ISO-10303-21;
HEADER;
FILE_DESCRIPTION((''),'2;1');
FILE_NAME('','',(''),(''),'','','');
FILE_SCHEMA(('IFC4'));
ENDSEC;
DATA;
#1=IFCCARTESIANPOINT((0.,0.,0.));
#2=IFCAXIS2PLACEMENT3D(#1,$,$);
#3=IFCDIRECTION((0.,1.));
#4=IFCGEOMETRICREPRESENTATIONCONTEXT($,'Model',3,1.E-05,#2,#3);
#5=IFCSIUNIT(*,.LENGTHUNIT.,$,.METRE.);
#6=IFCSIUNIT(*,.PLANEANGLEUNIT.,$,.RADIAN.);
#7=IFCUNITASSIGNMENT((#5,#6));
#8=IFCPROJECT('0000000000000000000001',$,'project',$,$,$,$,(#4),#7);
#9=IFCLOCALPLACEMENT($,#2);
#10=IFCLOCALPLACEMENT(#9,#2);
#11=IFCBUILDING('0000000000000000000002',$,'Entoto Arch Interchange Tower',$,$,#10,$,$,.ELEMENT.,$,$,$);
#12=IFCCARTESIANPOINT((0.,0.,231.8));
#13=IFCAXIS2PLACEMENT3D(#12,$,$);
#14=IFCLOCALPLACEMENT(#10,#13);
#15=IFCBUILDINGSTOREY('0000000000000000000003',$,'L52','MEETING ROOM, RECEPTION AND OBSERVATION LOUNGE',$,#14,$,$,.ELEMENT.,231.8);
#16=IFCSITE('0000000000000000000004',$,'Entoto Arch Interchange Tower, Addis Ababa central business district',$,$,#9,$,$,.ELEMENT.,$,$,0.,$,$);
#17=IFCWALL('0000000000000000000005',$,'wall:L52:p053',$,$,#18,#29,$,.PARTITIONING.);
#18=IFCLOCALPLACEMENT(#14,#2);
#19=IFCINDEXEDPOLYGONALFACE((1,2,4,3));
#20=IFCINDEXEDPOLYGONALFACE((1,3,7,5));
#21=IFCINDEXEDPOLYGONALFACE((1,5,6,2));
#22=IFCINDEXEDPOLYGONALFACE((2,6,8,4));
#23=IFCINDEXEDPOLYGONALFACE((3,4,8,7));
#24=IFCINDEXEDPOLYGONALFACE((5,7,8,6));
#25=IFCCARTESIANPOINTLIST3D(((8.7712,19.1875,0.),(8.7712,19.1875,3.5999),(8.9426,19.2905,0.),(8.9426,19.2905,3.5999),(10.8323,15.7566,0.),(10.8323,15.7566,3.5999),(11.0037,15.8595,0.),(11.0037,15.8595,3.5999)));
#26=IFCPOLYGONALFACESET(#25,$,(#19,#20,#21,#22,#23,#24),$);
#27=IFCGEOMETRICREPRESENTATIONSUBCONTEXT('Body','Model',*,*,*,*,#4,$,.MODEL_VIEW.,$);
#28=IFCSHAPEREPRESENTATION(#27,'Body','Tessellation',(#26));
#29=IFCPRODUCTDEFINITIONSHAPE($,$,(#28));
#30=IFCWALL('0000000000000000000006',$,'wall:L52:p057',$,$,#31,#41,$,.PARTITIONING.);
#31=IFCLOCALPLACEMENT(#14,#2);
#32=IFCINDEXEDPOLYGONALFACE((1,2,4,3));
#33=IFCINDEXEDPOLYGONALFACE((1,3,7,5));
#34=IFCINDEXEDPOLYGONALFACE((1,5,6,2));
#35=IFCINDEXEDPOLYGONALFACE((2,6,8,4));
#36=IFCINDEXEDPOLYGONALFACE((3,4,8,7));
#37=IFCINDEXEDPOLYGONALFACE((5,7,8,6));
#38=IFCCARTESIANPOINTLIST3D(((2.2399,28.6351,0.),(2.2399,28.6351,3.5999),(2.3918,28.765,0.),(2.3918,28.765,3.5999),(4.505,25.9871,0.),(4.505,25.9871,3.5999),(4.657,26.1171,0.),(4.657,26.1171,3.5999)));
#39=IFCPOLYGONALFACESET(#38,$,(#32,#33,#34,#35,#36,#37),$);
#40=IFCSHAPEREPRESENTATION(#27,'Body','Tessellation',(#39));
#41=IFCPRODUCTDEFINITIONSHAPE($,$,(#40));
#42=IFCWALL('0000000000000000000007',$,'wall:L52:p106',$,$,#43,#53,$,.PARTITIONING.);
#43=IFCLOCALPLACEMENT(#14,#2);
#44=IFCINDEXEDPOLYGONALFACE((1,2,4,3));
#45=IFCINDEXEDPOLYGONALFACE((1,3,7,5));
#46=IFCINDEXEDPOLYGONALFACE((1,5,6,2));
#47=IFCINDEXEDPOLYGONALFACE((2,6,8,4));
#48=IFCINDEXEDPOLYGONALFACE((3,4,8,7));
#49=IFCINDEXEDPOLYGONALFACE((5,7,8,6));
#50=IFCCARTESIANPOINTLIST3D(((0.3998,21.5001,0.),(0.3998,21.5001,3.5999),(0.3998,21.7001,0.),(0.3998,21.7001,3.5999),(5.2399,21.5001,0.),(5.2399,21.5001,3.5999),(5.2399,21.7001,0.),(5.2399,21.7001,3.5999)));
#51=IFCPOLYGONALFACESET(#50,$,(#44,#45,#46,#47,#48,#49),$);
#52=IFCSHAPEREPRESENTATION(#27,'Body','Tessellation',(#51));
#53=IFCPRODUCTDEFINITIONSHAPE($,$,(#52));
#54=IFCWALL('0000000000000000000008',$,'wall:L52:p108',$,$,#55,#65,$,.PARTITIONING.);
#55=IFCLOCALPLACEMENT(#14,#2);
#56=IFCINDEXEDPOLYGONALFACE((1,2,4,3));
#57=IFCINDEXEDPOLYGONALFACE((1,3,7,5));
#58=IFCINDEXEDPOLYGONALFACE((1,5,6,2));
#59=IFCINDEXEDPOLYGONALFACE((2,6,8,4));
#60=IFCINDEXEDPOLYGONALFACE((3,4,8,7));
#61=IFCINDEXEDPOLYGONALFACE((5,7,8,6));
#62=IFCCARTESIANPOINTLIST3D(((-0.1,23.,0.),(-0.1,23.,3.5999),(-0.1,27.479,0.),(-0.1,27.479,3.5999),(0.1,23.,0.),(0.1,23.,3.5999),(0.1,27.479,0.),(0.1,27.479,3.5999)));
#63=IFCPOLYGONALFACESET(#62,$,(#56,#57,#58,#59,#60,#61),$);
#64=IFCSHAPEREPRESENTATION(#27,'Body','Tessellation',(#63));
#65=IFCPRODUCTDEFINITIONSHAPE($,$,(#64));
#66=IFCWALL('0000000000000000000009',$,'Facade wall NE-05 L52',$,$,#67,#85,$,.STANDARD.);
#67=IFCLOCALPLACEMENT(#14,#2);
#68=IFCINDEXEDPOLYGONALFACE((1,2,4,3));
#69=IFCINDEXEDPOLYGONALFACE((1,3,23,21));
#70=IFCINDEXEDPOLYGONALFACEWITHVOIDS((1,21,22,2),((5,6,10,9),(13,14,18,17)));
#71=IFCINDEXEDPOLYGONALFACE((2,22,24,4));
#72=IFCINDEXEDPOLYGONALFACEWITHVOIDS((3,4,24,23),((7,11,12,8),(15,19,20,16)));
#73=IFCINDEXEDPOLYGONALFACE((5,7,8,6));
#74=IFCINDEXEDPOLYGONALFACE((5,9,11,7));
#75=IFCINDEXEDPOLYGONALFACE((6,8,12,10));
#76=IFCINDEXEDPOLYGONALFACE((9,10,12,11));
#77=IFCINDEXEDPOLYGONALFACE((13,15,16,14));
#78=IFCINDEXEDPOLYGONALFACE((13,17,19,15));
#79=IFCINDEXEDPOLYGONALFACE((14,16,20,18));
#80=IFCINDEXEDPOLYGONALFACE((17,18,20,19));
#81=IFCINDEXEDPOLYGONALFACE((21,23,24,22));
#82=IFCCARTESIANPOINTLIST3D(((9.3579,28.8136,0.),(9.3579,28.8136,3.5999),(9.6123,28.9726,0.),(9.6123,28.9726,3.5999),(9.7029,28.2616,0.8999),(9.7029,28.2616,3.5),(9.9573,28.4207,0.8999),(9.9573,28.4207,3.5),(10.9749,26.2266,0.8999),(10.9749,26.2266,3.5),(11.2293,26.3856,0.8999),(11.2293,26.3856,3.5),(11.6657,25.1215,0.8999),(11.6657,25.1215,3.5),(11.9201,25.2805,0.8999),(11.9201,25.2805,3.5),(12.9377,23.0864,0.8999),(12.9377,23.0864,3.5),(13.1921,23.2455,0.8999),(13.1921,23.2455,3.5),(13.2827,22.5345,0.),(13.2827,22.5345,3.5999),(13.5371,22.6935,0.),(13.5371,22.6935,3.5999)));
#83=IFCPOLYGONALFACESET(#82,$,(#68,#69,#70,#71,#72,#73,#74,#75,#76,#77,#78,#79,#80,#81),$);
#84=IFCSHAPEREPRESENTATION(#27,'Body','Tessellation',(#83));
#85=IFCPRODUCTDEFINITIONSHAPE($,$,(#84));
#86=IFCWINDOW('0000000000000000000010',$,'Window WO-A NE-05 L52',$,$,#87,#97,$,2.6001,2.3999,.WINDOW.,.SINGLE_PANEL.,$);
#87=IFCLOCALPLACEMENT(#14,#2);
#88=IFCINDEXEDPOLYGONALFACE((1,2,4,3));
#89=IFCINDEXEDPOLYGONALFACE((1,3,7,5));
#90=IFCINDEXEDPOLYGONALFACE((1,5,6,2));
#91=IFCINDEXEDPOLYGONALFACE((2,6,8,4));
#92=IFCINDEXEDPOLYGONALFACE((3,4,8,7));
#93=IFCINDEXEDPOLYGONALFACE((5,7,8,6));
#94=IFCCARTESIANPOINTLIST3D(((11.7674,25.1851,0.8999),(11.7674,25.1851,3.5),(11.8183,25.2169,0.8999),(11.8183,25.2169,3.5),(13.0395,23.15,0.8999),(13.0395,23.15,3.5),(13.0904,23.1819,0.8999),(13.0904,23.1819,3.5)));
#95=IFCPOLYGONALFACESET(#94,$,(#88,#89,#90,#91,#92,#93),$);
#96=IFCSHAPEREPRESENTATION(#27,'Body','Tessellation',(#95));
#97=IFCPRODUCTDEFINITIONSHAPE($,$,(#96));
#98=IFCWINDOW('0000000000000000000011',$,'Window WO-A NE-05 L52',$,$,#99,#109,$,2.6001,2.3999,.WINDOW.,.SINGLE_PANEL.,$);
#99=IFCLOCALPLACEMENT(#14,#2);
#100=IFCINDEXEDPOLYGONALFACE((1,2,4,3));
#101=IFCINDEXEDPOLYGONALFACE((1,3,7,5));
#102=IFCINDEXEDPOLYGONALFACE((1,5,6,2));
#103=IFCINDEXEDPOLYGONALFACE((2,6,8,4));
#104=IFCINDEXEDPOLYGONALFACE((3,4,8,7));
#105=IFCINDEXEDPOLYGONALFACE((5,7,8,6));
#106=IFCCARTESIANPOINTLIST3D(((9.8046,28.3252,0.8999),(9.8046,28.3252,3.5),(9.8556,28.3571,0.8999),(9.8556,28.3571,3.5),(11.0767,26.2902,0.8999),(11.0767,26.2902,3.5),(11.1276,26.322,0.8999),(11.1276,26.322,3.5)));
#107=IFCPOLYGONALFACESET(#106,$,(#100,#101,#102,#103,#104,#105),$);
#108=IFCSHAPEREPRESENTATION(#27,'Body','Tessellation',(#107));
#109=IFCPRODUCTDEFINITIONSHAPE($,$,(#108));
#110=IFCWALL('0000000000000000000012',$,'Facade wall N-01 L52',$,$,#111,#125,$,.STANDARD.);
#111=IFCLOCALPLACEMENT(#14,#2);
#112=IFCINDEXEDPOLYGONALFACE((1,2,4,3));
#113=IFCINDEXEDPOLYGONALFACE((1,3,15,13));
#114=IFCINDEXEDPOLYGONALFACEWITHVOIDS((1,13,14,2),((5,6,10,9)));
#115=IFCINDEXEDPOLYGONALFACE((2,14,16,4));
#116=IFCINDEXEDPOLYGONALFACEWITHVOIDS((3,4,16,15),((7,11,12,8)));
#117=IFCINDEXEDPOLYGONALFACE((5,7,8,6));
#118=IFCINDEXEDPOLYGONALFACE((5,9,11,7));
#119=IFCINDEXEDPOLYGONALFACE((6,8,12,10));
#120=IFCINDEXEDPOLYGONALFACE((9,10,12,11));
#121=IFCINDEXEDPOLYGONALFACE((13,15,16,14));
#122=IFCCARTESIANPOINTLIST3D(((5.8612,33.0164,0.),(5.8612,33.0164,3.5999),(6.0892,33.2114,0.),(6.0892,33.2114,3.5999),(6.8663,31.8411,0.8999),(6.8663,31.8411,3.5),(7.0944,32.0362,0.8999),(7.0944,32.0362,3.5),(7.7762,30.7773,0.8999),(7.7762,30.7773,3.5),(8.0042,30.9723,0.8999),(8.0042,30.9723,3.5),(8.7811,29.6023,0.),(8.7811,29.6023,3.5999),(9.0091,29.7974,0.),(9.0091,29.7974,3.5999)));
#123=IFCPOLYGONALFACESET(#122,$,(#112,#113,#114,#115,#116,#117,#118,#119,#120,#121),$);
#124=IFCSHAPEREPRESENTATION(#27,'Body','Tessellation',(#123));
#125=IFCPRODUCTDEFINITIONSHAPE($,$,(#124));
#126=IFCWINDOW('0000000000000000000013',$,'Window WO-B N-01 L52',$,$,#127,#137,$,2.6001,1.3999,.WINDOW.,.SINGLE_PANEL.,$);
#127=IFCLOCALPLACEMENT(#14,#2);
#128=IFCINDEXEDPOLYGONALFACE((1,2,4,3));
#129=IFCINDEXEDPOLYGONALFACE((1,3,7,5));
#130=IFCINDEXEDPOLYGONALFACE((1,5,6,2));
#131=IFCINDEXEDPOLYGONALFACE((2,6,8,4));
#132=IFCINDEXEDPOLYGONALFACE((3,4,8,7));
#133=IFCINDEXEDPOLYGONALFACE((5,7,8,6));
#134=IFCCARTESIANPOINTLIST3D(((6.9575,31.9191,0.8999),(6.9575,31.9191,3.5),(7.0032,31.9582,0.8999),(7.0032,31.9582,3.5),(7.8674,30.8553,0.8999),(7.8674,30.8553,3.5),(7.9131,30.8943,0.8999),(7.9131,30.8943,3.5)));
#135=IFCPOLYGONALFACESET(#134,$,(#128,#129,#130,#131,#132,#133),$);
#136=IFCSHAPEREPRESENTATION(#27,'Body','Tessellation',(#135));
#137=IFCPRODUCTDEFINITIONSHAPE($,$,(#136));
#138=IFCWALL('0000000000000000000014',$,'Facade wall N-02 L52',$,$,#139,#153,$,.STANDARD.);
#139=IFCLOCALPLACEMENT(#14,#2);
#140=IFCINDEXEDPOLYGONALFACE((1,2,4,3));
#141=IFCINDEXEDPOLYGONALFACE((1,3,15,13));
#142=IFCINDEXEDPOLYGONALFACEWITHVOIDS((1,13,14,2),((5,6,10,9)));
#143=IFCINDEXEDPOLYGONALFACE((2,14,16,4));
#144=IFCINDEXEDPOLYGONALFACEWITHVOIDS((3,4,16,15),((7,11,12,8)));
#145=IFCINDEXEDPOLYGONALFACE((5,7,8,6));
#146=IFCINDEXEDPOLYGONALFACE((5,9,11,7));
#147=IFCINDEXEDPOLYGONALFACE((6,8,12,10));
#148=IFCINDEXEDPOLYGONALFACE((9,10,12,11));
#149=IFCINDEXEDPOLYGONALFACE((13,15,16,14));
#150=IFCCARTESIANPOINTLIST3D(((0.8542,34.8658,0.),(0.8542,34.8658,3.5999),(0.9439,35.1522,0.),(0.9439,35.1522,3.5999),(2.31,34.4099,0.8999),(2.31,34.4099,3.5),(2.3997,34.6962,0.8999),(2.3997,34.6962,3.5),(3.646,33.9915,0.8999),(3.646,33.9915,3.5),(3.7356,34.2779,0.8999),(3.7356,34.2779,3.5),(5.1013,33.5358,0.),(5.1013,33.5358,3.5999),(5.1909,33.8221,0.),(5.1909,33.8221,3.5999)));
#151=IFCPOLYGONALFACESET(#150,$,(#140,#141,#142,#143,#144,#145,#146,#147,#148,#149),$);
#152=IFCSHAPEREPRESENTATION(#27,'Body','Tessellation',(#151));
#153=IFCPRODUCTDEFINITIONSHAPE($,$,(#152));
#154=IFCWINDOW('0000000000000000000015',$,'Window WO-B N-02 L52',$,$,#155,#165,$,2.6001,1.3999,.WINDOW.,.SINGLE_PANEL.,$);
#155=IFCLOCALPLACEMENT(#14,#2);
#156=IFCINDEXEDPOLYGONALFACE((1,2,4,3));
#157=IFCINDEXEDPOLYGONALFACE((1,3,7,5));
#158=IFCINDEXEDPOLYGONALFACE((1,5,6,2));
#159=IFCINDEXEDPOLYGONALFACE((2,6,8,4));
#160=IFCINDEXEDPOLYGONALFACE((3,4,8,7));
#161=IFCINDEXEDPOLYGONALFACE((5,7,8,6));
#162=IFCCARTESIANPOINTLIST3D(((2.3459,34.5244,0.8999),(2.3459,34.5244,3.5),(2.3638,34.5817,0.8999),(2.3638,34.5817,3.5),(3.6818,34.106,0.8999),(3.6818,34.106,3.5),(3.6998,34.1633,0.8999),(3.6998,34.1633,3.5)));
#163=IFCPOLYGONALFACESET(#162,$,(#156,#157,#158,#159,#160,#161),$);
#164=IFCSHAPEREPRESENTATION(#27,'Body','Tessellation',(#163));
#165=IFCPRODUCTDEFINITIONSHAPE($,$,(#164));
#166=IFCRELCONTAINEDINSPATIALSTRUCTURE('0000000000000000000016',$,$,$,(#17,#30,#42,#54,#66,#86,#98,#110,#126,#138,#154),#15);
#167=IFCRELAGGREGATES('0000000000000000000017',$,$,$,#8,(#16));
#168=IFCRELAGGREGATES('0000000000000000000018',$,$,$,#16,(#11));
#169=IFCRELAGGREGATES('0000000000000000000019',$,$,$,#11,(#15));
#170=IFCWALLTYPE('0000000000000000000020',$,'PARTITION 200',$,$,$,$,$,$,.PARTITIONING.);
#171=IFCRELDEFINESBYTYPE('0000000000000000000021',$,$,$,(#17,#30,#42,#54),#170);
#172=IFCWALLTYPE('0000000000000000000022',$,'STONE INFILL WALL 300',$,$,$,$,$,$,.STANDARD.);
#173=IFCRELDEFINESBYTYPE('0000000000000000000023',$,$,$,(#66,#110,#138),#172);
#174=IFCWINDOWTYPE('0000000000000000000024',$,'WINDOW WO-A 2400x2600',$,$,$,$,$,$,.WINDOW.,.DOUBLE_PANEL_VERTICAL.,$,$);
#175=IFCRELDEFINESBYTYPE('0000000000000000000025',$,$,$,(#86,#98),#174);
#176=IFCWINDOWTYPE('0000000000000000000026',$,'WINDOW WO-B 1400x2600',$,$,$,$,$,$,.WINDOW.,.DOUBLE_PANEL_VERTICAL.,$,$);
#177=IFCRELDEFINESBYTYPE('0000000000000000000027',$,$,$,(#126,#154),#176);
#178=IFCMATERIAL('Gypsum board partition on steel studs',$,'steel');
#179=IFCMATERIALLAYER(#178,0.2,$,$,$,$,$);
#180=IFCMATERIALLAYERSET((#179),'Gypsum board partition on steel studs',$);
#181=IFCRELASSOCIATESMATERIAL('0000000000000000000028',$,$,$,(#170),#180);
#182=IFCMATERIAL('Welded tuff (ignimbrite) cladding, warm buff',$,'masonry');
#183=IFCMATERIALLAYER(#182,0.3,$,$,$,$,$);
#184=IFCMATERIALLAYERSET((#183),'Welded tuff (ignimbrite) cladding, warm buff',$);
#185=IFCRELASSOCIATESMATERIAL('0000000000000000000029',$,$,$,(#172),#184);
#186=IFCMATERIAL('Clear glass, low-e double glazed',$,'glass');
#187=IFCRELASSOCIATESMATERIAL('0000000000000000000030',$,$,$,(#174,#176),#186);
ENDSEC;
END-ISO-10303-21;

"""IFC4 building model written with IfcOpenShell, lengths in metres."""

from ifc_helpers import new_model, si_unit, direction, frame, frame_2d, origin, place, context, subcontext, project, spatial, rectangle, extrude, material, layer, layer_set, type_object, element, fill, save


model = new_model("IFC4")

# Units and contexts
model_context = context("Model", 3, precision=1e-05, world=origin(), true_north=direction((0.0, 1.0)))
body_context = subcontext(model_context, "Body", "Model", "MODEL_VIEW")
ifc_project = project(units=[si_unit("LENGTHUNIT", "METRE"), si_unit("PLANEANGLEUNIT", "RADIAN")], contexts=[model_context])

# Site, building, storey
site_placement = place(None, origin())
site = spatial("IfcSite", under=ifc_project, at=site_placement, Name="Entoto Arch Interchange Tower, Addis Ababa central business district", CompositionType="ELEMENT", RefElevation=0.0)
building_placement = place(site_placement, origin())
building = spatial("IfcBuilding", under=site, at=building_placement, Name="Entoto Arch Interchange Tower", CompositionType="ELEMENT")
storey_placement = place(building_placement, frame((0.0, 0.0, 231.8)))
storey = spatial("IfcBuildingStorey", under=building, at=storey_placement, Name="L52", Description="MEETING ROOM, RECEPTION AND OBSERVATION LOUNGE", CompositionType="ELEMENT", Elevation=231.8)

# Shared definitions
ifc_material_1 = material(Name="Gypsum board partition on steel studs", Category="steel")
ifc_layer_1 = layer(ifc_material_1, 0.2)
ifc_layer_set_1 = layer_set([ifc_layer_1], Name="Gypsum board partition on steel studs")
wall_type_1 = type_object("IfcWallType", Name="PARTITION 200", PredefinedType="PARTITIONING", material=ifc_layer_set_1)

# Walls
wall_1_placement = place(storey_placement, frame((8.8569, 19.239, 0.0), z_axis=(0.0, 0.0, 1.0), x_axis=(0.514953, -0.857218, 0.0)))
element("IfcWall", 1, at=wall_1_placement, inside=storey, type_object=wall_type_1, Name="wall:L52:p053", PredefinedType="PARTITIONING", context=body_context, shape_type="SweptSolid", body=[
    extrude(rectangle(XDim=4.0024, YDim=0.2, at=frame_2d((2.0012, 0.0))), origin(), (0.0, 0.0, 1.0), 3.5999),
])
wall_2_placement = place(storey_placement, frame((2.3159, 28.7, 0.0), z_axis=(0.0, 0.0, 1.0), x_axis=(0.650041, -0.759899, 0.0)))
element("IfcWall", 2, at=wall_2_placement, inside=storey, type_object=wall_type_1, Name="wall:L52:p057", PredefinedType="PARTITIONING", context=body_context, shape_type="SweptSolid", body=[
    extrude(rectangle(XDim=3.4846, YDim=0.2, at=frame_2d((1.7422, 0.0))), origin(), (0.0, 0.0, 1.0), 3.5999),
])
wall_3_placement = place(storey_placement, frame((0.3999, 21.6001, 0.0), z_axis=(0.0, 0.0, 1.0), x_axis=(1.0, 0.0, 0.0)))
element("IfcWall", 3, at=wall_3_placement, inside=storey, type_object=wall_type_1, Name="wall:L52:p106", PredefinedType="PARTITIONING", context=body_context, shape_type="SweptSolid", body=[
    extrude(rectangle(XDim=4.8401, YDim=0.2, at=frame_2d((2.4199, 0.0))), origin(), (0.0, 0.0, 1.0), 3.5999),
])
wall_4_placement = place(storey_placement, frame((0.0, 23.0, 0.0), z_axis=(0.0, 0.0, 1.0), x_axis=(0.0, 1.0, 0.0)))
element("IfcWall", 4, at=wall_4_placement, inside=storey, type_object=wall_type_1, Name="wall:L52:p108", PredefinedType="PARTITIONING", context=body_context, shape_type="SweptSolid", body=[
    extrude(rectangle(XDim=4.479, YDim=0.2, at=frame_2d((2.2395, 0.0))), origin(), (0.0, 0.0, 1.0), 3.5999),
])

# Wall, openings, windows
ifc_material_2 = material(Name="Welded tuff (ignimbrite) cladding, warm buff", Category="masonry")
ifc_layer_2 = layer(ifc_material_2, 0.3)
ifc_layer_set_2 = layer_set([ifc_layer_2], Name="Welded tuff (ignimbrite) cladding, warm buff")
wall_type_2 = type_object("IfcWallType", Name="STONE INFILL WALL 300", PredefinedType="STANDARD", material=ifc_layer_set_2)
wall_5_placement = place(storey_placement, frame((13.4099, 22.614, 0.0), z_axis=(0.0, 0.0, 1.0), x_axis=(-0.530037, 0.847974, 0.0)))
wall_5 = element("IfcWall", 5, at=wall_5_placement, inside=storey, type_object=wall_type_2, Name="Facade wall NE-05 L52", PredefinedType="STANDARD", context=body_context, shape_type="SweptSolid", body=[
    extrude(rectangle(XDim=7.4048, YDim=0.3, at=frame_2d((3.7024, 0.0))), origin(), (0.0, 0.0, 1.0), 3.5999),
])
opening_1_placement = place(wall_5_placement, frame((0.6509, 0.0, 0.8999)))
opening_1 = element("IfcOpeningElement", 6, at=opening_1_placement, cuts=wall_5, PredefinedType="OPENING", context=body_context, shape_type="SweptSolid", body=[
    extrude(rectangle(XDim=2.3999, YDim=2.6001, at=frame_2d((1.2, 1.3))), frame((0.0, 0.1602, 0.0), z_axis=(0.0, -1.0, 0.0), x_axis=(1.0, 0.0, 0.0)), (0.0, 0.0, 1.0), 0.3201),
])
opening_2_placement = place(wall_5_placement, frame((4.354, 0.0, 0.8999)))
opening_2 = element("IfcOpeningElement", 7, at=opening_2_placement, cuts=wall_5, PredefinedType="OPENING", context=body_context, shape_type="SweptSolid", body=[
    extrude(rectangle(XDim=2.3999, YDim=2.6001, at=frame_2d((1.2, 1.3))), frame((0.0, 0.1602, 0.0), z_axis=(0.0, -1.0, 0.0), x_axis=(1.0, 0.0, 0.0)), (0.0, 0.0, 1.0), 0.3201),
])
ifc_material_3 = material(Name="Clear glass, low-e double glazed", Category="glass")
window_type_1 = type_object("IfcWindowType", Name="WINDOW WO-A 2400x2600", PartitioningType="DOUBLE_PANEL_VERTICAL", PredefinedType="WINDOW", material=ifc_material_3)
window_1_placement = place(opening_1_placement, origin())
window_1 = element("IfcWindow", 8, at=window_1_placement, inside=storey, type_object=window_type_1, Name="Window WO-A NE-05 L52", OverallHeight=2.6001, OverallWidth=2.3999, PartitioningType="SINGLE_PANEL", PredefinedType="WINDOW", context=body_context, shape_type="SweptSolid", body=[
    extrude(rectangle(XDim=2.3999, YDim=2.6001, at=frame_2d((1.2, 1.3))), frame((0.0, 0.03, 0.0), z_axis=(0.0, -1.0, 0.0), x_axis=(1.0, 0.0, 0.0)), (0.0, 0.0, 1.0), 0.0601),
])
fill(opening_1, window_1)
window_2_placement = place(opening_2_placement, origin())
window_2 = element("IfcWindow", 9, at=window_2_placement, inside=storey, type_object=window_type_1, Name="Window WO-A NE-05 L52", OverallHeight=2.6001, OverallWidth=2.3999, PartitioningType="SINGLE_PANEL", PredefinedType="WINDOW", context=body_context, shape_type="SweptSolid", body=[
    extrude(rectangle(XDim=2.3999, YDim=2.6001, at=frame_2d((1.2, 1.3))), frame((0.0, 0.03, 0.0), z_axis=(0.0, -1.0, 0.0), x_axis=(1.0, 0.0, 0.0)), (0.0, 0.0, 1.0), 0.0601),
])
fill(opening_2, window_2)

# Walls, openings, windows
wall_6_placement = place(storey_placement, frame((8.895, 29.7, 0.0), z_axis=(0.0, 0.0, 1.0), x_axis=(-0.649968, 0.759962, 0.0)))
wall_6 = element("IfcWall", 10, at=wall_6_placement, inside=storey, type_object=wall_type_2, Name="Facade wall N-01 L52", PredefinedType="STANDARD", context=body_context, shape_type="SweptSolid", body=[
    extrude(rectangle(XDim=4.4924, YDim=0.3, at=frame_2d((2.2461, 0.0))), origin(), (0.0, 0.0, 1.0), 3.5999),
])
opening_3_placement = place(wall_6_placement, frame((1.5459, 0.0, 0.8999)))
opening_3 = element("IfcOpeningElement", 11, at=opening_3_placement, cuts=wall_6, PredefinedType="OPENING", context=body_context, shape_type="SweptSolid", body=[
    extrude(rectangle(XDim=1.3999, YDim=2.6001, at=frame_2d((0.7, 1.3))), frame((0.0, 0.1602, 0.0), z_axis=(0.0, -1.0, 0.0), x_axis=(1.0, 0.0, 0.0)), (0.0, 0.0, 1.0), 0.3201),
])
window_type_2 = type_object("IfcWindowType", Name="WINDOW WO-B 1400x2600", PartitioningType="DOUBLE_PANEL_VERTICAL", PredefinedType="WINDOW", material=ifc_material_3)
window_3_placement = place(opening_3_placement, origin())
window_3 = element("IfcWindow", 12, at=window_3_placement, inside=storey, type_object=window_type_2, Name="Window WO-B N-01 L52", OverallHeight=2.6001, OverallWidth=1.3999, PartitioningType="SINGLE_PANEL", PredefinedType="WINDOW", context=body_context, shape_type="SweptSolid", body=[
    extrude(rectangle(XDim=1.3999, YDim=2.6001, at=frame_2d((0.7, 1.3))), frame((0.0, 0.03, 0.0), z_axis=(0.0, -1.0, 0.0), x_axis=(1.0, 0.0, 0.0)), (0.0, 0.0, 1.0), 0.0601),
])
fill(opening_3, window_3)
wall_7_placement = place(storey_placement, frame((5.146, 33.679, 0.0), z_axis=(0.0, 0.0, 1.0), x_axis=(-0.954296, 0.298862, 0.0)))
wall_7 = element("IfcWall", 13, at=wall_7_placement, inside=storey, type_object=wall_type_2, Name="Facade wall N-02 L52", PredefinedType="STANDARD", context=body_context, shape_type="SweptSolid", body=[
    extrude(rectangle(XDim=4.4504, YDim=0.3, at=frame_2d((2.2251, 0.0))), origin(), (0.0, 0.0, 1.0), 3.5999),
])
opening_4_placement = place(wall_7_placement, frame((1.5249, 0.0, 0.8999)))
opening_4 = element("IfcOpeningElement", 14, at=opening_4_placement, cuts=wall_7, PredefinedType="OPENING", context=body_context, shape_type="SweptSolid", body=[
    extrude(rectangle(XDim=1.3999, YDim=2.6001, at=frame_2d((0.7, 1.3))), frame((0.0, 0.1602, 0.0), z_axis=(0.0, -1.0, 0.0), x_axis=(1.0, 0.0, 0.0)), (0.0, 0.0, 1.0), 0.3201),
])
window_4_placement = place(opening_4_placement, origin())
window_4 = element("IfcWindow", 15, at=window_4_placement, inside=storey, type_object=window_type_2, Name="Window WO-B N-02 L52", OverallHeight=2.6001, OverallWidth=1.3999, PartitioningType="SINGLE_PANEL", PredefinedType="WINDOW", context=body_context, shape_type="SweptSolid", body=[
    extrude(rectangle(XDim=1.3999, YDim=2.6001, at=frame_2d((0.7, 1.3))), frame((0.0, 0.03, 0.0), z_axis=(0.0, -1.0, 0.0), x_axis=(1.0, 0.0, 0.0)), (0.0, 0.0, 1.0), 0.0601),
])
fill(opening_4, window_4)

save(model, "model.ifc")
